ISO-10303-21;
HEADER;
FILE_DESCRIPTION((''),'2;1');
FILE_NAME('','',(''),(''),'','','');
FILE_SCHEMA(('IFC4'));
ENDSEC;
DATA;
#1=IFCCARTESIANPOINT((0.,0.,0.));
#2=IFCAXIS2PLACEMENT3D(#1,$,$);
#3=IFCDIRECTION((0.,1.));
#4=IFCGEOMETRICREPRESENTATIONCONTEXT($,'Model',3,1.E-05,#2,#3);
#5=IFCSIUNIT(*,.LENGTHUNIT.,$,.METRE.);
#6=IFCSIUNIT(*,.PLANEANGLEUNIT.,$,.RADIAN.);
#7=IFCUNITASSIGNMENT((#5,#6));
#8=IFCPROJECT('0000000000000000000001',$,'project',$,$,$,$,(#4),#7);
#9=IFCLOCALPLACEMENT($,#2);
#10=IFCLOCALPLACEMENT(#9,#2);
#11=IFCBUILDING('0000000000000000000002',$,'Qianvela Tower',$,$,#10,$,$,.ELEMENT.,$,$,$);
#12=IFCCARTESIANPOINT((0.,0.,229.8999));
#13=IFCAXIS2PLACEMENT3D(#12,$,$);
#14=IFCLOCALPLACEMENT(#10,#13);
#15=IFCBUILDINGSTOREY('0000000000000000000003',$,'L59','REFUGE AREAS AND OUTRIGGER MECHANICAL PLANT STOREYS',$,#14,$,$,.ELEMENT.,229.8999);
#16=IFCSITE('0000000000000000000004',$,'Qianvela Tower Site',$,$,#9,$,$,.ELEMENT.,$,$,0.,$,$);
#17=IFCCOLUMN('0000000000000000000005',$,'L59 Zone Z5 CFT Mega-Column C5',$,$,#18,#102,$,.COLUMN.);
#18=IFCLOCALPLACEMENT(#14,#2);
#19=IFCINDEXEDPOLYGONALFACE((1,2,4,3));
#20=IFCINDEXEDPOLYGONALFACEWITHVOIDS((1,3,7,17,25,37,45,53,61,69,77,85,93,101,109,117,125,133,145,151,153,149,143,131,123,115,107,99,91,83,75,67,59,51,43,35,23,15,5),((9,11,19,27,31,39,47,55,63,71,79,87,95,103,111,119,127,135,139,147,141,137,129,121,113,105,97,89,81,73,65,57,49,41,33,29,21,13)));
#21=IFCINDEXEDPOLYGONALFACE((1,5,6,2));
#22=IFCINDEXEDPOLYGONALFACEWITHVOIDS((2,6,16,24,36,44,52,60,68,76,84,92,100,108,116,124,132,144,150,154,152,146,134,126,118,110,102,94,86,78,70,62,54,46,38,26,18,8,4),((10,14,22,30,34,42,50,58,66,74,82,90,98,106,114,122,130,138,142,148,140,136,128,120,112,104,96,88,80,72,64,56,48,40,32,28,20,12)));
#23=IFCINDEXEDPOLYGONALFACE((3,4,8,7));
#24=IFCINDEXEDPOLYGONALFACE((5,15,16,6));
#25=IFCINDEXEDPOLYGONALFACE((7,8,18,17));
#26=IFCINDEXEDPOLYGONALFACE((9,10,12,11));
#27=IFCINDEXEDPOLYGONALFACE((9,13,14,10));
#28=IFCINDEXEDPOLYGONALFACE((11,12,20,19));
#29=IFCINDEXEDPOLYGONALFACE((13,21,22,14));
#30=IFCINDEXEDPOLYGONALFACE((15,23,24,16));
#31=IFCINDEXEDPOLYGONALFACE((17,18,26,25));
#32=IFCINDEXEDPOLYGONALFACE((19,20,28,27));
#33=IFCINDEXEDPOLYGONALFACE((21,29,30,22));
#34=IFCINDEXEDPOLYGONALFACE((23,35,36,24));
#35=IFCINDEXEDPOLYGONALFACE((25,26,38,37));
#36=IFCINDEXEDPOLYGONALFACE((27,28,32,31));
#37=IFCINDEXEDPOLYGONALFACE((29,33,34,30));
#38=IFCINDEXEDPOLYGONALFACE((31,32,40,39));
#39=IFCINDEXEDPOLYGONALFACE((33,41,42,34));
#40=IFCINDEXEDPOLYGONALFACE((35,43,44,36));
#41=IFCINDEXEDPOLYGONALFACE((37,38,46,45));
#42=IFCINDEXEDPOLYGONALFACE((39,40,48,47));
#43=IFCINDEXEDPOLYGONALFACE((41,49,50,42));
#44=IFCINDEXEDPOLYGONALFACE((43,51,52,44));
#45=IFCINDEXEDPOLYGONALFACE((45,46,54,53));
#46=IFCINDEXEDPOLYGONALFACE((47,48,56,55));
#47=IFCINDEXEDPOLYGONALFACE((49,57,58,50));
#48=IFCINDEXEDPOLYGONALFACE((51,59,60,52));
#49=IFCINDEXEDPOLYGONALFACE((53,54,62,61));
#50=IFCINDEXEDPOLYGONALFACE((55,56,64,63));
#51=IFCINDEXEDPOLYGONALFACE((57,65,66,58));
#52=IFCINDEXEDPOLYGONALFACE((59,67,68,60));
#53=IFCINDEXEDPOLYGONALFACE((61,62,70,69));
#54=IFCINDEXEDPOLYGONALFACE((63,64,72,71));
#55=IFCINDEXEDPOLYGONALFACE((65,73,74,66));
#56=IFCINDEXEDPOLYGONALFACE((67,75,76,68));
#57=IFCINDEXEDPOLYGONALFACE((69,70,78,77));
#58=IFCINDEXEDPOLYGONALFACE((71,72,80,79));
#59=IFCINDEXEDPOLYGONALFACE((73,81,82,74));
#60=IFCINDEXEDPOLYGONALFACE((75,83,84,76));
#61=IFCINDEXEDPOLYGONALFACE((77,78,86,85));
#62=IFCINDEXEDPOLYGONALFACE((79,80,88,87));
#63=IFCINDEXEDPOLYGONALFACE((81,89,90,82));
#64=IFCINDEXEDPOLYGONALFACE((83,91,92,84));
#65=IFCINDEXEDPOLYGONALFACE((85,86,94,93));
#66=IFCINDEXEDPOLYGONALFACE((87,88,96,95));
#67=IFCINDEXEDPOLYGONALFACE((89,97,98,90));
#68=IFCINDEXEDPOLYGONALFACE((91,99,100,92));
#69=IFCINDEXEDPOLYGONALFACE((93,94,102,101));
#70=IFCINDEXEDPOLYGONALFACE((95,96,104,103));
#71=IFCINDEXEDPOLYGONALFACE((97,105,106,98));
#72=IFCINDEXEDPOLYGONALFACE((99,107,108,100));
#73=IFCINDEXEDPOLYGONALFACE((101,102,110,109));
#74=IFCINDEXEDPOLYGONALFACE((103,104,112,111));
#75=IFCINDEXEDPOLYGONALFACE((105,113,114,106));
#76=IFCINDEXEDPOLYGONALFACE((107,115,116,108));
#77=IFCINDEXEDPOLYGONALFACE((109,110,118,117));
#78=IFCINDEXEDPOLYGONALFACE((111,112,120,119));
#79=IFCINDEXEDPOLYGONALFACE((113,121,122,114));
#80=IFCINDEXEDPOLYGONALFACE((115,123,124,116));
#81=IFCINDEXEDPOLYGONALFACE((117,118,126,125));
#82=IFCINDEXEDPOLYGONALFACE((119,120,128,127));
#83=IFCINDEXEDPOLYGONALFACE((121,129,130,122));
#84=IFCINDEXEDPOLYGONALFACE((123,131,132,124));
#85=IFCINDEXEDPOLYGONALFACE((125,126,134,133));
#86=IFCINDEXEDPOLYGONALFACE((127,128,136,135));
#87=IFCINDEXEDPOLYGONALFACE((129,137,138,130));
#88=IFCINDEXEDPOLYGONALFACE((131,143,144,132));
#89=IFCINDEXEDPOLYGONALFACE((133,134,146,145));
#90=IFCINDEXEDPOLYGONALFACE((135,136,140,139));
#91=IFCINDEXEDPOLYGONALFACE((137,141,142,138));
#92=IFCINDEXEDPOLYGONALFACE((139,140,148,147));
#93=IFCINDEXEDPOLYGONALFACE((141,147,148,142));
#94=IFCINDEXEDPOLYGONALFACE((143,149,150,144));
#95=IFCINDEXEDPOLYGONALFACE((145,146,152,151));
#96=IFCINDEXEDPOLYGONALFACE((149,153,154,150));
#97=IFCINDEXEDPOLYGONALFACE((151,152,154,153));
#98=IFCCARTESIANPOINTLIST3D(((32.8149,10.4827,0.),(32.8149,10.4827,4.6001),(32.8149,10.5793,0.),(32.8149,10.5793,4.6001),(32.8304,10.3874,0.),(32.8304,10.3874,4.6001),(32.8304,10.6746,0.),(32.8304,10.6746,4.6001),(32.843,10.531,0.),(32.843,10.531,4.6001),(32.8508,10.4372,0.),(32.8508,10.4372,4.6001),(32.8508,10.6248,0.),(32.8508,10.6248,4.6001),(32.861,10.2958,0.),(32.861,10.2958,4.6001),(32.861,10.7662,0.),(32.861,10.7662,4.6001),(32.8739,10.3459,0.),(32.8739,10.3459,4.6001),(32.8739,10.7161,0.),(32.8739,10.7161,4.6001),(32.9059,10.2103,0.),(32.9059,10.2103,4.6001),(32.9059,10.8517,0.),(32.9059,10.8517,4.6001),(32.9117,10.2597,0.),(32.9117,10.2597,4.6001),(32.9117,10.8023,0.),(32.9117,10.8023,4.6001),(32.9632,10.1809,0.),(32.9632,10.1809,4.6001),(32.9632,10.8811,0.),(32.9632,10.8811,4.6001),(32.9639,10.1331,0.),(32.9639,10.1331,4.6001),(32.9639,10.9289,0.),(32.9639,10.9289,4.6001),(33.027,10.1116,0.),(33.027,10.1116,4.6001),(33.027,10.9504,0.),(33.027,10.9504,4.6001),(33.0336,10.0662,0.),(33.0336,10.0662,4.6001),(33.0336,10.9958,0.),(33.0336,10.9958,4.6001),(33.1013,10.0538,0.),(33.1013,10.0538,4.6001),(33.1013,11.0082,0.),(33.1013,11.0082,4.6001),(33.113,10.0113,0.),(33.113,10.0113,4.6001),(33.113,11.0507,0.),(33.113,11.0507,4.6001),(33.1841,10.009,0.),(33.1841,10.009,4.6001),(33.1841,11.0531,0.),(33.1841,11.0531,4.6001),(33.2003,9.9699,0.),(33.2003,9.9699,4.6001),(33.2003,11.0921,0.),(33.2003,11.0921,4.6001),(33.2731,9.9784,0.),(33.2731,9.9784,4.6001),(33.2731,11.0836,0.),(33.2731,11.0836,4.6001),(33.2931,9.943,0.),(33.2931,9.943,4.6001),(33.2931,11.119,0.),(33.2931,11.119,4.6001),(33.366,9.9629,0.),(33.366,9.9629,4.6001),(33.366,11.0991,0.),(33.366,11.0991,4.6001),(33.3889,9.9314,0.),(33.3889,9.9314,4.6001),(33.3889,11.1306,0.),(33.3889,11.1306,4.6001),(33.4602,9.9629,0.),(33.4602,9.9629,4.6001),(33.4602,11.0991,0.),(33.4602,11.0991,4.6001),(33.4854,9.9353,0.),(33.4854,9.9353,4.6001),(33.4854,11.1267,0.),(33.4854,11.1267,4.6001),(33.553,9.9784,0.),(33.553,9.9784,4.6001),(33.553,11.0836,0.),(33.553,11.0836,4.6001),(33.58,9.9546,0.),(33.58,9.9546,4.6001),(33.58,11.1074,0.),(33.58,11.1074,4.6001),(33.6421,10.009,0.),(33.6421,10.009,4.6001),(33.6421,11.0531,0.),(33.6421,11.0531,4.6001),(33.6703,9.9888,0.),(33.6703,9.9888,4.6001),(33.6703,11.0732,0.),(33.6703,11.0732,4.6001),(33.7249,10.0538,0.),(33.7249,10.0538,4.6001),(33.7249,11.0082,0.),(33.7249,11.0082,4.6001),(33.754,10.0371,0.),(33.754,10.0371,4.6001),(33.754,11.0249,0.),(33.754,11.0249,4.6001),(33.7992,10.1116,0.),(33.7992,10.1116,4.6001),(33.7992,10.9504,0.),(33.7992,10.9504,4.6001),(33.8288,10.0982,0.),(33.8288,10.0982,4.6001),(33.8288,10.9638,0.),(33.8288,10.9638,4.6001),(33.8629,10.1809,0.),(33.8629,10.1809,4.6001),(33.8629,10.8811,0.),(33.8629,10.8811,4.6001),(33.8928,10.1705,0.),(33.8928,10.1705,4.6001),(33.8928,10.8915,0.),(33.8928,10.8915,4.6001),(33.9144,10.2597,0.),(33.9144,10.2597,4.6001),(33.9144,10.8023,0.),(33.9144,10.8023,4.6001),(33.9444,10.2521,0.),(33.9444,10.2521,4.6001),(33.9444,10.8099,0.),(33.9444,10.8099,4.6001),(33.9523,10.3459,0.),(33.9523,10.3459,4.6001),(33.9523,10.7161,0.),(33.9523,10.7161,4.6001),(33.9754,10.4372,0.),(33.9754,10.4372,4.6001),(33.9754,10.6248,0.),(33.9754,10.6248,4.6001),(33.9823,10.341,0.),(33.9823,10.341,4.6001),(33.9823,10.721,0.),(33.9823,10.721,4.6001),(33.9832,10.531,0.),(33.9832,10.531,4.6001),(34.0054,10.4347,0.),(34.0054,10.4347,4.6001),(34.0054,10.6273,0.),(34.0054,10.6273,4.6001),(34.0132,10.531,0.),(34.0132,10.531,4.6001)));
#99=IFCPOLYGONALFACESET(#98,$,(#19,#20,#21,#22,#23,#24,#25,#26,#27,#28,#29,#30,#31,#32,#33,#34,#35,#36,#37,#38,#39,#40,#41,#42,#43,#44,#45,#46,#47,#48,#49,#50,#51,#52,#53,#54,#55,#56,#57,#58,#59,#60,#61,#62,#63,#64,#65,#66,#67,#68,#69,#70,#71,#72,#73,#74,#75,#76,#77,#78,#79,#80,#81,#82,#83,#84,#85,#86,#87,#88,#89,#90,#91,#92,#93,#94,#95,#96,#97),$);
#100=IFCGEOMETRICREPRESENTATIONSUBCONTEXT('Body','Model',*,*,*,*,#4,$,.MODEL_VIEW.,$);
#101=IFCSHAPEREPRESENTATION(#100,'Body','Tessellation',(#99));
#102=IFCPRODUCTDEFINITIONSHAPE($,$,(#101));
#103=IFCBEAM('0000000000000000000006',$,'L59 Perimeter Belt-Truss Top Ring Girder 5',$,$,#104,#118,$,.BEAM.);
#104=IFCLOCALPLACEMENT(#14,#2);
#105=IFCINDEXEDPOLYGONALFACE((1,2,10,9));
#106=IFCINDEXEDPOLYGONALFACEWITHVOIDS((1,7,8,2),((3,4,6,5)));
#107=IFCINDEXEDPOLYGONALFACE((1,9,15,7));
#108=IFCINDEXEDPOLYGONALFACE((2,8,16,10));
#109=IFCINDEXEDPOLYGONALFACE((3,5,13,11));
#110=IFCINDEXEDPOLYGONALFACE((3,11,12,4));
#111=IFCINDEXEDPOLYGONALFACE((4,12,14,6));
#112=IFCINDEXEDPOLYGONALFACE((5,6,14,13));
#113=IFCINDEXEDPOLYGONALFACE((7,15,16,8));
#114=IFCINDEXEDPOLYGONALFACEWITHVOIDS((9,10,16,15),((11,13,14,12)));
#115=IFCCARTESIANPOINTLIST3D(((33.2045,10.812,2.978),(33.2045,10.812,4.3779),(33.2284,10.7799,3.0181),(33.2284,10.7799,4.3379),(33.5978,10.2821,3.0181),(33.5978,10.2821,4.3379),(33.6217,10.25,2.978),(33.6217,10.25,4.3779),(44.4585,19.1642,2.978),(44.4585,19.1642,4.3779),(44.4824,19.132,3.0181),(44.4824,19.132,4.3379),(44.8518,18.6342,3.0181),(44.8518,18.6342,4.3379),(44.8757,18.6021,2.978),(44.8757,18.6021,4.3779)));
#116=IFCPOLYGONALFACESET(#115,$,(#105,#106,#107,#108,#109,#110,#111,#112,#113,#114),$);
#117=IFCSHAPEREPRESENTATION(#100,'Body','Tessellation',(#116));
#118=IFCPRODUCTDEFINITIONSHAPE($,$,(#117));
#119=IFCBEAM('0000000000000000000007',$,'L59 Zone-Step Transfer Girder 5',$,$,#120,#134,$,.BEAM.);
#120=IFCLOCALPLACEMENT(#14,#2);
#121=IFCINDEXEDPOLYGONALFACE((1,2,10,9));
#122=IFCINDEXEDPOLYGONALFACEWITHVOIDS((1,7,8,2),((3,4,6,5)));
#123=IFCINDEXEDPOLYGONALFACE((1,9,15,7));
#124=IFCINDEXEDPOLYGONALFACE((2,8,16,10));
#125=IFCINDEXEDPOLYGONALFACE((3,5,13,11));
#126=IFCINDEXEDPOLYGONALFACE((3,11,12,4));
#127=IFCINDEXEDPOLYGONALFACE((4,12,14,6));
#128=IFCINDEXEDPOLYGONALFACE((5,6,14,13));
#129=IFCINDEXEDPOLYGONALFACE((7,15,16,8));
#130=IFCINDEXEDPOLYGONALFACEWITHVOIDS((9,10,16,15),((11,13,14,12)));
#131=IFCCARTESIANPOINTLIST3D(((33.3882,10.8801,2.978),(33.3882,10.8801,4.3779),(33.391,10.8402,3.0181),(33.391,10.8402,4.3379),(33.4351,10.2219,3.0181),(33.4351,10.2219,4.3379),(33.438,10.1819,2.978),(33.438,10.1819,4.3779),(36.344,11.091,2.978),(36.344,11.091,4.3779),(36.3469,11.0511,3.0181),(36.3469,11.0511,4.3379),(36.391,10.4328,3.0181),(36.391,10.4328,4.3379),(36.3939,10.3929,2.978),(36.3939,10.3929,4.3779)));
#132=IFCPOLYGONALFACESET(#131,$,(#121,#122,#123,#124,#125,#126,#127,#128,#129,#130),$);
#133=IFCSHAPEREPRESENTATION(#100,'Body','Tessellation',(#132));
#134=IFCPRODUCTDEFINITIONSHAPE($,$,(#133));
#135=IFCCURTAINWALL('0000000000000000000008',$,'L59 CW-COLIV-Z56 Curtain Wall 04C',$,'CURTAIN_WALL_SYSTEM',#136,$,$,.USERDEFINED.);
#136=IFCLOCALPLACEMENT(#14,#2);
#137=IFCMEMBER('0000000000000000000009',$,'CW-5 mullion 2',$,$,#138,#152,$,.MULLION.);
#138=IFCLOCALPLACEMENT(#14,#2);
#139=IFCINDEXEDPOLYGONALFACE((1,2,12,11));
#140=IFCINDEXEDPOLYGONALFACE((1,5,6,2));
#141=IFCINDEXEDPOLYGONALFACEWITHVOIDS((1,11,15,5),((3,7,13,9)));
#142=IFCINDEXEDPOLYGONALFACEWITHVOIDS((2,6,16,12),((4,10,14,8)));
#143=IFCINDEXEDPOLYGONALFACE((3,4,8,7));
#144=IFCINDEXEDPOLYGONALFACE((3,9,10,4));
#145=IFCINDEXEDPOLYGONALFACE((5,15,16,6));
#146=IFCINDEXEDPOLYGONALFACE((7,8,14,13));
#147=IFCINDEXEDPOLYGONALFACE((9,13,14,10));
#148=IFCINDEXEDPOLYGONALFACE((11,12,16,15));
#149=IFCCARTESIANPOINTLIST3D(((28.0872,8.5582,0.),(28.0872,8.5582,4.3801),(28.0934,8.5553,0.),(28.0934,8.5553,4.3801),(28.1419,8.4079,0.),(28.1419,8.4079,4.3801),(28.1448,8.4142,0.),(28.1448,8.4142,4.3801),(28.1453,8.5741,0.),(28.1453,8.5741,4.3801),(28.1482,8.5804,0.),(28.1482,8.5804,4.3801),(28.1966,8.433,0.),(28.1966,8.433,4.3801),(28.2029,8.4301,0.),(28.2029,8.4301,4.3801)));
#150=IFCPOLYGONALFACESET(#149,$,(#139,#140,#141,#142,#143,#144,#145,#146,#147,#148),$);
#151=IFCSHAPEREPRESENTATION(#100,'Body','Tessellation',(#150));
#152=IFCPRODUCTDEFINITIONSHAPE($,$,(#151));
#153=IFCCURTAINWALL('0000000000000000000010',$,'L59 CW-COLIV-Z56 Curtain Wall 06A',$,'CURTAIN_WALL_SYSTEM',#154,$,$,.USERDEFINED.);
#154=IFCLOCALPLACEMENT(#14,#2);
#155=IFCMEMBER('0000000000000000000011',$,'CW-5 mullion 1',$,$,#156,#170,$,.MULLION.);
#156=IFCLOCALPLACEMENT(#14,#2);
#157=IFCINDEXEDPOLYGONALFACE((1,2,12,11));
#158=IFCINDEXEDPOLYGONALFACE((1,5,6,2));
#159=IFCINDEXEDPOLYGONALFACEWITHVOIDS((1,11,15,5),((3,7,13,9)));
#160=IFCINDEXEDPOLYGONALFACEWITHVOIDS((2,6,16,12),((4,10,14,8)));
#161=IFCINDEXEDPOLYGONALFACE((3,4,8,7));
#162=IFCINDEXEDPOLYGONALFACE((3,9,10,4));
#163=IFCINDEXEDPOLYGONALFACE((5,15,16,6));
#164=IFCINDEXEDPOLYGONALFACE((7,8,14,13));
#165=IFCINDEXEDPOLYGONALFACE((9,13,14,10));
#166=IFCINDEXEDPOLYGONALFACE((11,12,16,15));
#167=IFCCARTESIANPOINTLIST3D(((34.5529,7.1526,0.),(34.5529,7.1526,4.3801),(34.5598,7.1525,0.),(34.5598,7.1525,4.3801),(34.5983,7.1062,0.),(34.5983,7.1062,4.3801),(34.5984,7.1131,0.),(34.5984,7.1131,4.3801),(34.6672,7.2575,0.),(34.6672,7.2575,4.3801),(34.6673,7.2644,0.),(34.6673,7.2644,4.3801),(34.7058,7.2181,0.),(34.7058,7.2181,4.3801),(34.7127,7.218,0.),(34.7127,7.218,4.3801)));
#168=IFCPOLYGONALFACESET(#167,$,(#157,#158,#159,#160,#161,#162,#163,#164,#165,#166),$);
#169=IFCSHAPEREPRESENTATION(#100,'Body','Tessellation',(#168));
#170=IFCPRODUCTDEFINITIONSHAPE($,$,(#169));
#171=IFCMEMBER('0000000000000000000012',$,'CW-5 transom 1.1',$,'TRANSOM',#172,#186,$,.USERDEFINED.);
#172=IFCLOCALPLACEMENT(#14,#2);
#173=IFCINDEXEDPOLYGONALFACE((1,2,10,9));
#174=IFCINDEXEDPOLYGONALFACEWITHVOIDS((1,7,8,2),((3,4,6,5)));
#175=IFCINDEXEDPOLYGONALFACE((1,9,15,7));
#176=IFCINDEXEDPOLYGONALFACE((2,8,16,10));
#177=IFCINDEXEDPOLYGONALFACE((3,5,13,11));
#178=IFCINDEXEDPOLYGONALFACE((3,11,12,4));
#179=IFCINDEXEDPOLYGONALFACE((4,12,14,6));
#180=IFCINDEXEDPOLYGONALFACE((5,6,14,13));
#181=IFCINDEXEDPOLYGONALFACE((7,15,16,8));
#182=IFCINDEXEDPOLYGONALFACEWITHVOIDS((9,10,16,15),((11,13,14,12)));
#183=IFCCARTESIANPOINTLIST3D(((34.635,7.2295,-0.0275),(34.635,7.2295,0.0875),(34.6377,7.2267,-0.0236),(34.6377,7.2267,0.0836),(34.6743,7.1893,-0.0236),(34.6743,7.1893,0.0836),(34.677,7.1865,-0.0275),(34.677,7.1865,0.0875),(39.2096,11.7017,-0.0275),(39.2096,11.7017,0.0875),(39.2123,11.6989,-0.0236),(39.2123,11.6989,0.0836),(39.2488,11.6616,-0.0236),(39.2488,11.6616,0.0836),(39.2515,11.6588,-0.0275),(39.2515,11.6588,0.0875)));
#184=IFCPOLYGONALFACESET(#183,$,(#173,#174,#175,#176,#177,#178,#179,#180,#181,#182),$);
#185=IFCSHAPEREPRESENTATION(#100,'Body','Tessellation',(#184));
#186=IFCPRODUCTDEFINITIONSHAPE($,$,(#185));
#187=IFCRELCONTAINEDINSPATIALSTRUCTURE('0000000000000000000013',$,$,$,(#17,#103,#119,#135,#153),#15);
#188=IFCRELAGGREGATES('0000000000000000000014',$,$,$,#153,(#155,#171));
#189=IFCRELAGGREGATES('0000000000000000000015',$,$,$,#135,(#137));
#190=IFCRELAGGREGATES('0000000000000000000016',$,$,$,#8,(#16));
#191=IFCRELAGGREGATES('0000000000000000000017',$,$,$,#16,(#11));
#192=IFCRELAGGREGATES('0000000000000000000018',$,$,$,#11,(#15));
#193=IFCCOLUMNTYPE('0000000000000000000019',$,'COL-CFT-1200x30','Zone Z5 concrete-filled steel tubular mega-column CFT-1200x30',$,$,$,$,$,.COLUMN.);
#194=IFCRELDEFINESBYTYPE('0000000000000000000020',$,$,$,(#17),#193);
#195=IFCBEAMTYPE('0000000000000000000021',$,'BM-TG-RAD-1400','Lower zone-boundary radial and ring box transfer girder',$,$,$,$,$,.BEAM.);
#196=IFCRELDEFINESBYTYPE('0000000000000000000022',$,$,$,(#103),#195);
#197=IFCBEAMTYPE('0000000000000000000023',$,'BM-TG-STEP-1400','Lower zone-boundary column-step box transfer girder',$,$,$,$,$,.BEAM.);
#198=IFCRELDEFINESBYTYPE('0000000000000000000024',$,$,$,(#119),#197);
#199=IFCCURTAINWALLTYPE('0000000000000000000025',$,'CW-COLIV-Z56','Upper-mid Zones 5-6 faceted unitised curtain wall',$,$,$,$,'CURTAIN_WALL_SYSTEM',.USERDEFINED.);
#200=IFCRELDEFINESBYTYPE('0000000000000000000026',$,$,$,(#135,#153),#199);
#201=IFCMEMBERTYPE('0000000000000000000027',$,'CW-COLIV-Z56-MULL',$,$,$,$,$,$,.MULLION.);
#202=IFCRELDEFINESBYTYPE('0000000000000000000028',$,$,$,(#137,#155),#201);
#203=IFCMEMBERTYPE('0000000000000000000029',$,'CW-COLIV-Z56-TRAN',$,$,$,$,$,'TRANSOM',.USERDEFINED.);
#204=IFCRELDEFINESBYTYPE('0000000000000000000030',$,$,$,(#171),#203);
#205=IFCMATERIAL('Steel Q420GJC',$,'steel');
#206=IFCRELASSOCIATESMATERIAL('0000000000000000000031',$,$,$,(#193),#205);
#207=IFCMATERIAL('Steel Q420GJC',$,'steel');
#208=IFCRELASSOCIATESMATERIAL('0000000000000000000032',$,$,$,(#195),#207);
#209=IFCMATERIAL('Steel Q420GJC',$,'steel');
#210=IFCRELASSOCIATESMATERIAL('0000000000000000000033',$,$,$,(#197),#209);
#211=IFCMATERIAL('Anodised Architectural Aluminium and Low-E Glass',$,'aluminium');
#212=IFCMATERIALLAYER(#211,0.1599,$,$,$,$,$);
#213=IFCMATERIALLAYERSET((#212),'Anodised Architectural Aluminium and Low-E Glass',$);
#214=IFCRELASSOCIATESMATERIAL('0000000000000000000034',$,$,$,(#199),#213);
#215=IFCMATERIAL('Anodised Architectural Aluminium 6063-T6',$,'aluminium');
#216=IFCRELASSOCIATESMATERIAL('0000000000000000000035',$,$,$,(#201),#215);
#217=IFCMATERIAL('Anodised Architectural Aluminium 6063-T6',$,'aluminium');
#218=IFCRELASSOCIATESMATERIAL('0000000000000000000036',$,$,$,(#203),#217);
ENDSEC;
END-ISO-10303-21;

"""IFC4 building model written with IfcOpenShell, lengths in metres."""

from ifc_helpers import new_model, si_unit, direction, frame, origin, origin_2d, place, context, subcontext, project, spatial, hollow_rectangle, hollow_circle, extrude, material, layer, layer_set, material_profile, profile_set, type_object, element, aggregate, save


model = new_model("IFC4")

# Units and contexts
model_context = context("Model", 3, precision=1e-05, world=origin(), true_north=direction((0.0, 1.0)))
body_context = subcontext(model_context, "Body", "Model", "MODEL_VIEW")
ifc_project = project(units=[si_unit("LENGTHUNIT", "METRE"), si_unit("PLANEANGLEUNIT", "RADIAN")], contexts=[model_context])

# Site, building, storey
site_placement = place(None, origin())
site = spatial("IfcSite", under=ifc_project, at=site_placement, Name="Qianvela Tower Site", CompositionType="ELEMENT", RefElevation=0.0)
building_placement = place(site_placement, origin())
building = spatial("IfcBuilding", under=site, at=building_placement, Name="Qianvela Tower", CompositionType="ELEMENT")
storey_placement = place(building_placement, frame((0.0, 0.0, 229.8999)))
storey = spatial("IfcBuildingStorey", under=building, at=storey_placement, Name="L59", Description="REFUGE AREAS AND OUTRIGGER MECHANICAL PLANT STOREYS", CompositionType="ELEMENT", Elevation=229.8999)

# Column
ifc_material_1 = material(Name="Steel Q420GJC", Category="steel")
ifc_material_profile_1 = material_profile(ifc_material_1, hollow_circle(Radius=0.6001, WallThickness=0.03, at=origin_2d()), Name="CFT-1200x30")
ifc_profile_set_1 = profile_set([ifc_material_profile_1], Name="Steel Q420GJC")
column_type = type_object("IfcColumnType", Name="COL-CFT-1200x30", Description="Zone Z5 concrete-filled steel tubular mega-column CFT-1200x30", PredefinedType="COLUMN", material=ifc_profile_set_1)
column_placement = place(storey_placement, frame((33.4131, 10.531, 0.0), z_axis=(0.0, 0.0, 1.0), x_axis=(1.0, 0.0, 0.0)))
element("IfcColumn", 1, at=column_placement, inside=storey, type_object=column_type, Name="L59 Zone Z5 CFT Mega-Column C5", PredefinedType="COLUMN", context=body_context, shape_type="SweptSolid", body=[
    extrude(hollow_circle(Radius=0.6001, WallThickness=0.03, at=origin_2d()), origin(), (0.0, 0.0, 1.0), 4.6001),
])

# Beams
ifc_material_2 = material(Name="Steel Q420GJC", Category="steel")
ifc_material_profile_2 = material_profile(ifc_material_2, hollow_rectangle(XDim=0.7, YDim=1.3999, WallThickness=0.04, at=origin_2d()), Name="TG-BOX-1400x700x40")
ifc_profile_set_2 = profile_set([ifc_material_profile_2], Name="Steel Q420GJC")
beam_type_1 = type_object("IfcBeamType", Name="BM-TG-RAD-1400", Description="Lower zone-boundary radial and ring box transfer girder", PredefinedType="BEAM", material=ifc_profile_set_2)
beam_1_placement = place(storey_placement, frame((33.4131, 10.531, 3.678), z_axis=(0.803017, 0.595956, 0.0), x_axis=(-0.595956, 0.803017, 0.0)))
element("IfcBeam", 2, at=beam_1_placement, inside=storey, type_object=beam_type_1, Name="L59 Perimeter Belt-Truss Top Ring Girder 5", PredefinedType="BEAM", context=body_context, shape_type="SweptSolid", body=[
    extrude(hollow_rectangle(XDim=0.7, YDim=1.3999, WallThickness=0.04, at=origin_2d()), origin(), (0.0, 0.0, 1.0), 14.0146),
])
ifc_material_3 = material(Name="Steel Q420GJC", Category="steel")
ifc_material_profile_3 = material_profile(ifc_material_3, hollow_rectangle(XDim=0.7, YDim=1.3999, WallThickness=0.04, at=origin_2d()), Name="TG-BOX-1400x700x40")
ifc_profile_set_3 = profile_set([ifc_material_profile_3], Name="Steel Q420GJC")
beam_type_2 = type_object("IfcBeamType", Name="BM-TG-STEP-1400", Description="Lower zone-boundary column-step box transfer girder", PredefinedType="BEAM", material=ifc_profile_set_3)
beam_2_placement = place(storey_placement, frame((33.4131, 10.531, 3.678), z_axis=(0.997463, 0.071183, 0.0), x_axis=(-0.071183, 0.997463, 0.0)))
element("IfcBeam", 3, at=beam_2_placement, inside=storey, type_object=beam_type_2, Name="L59 Zone-Step Transfer Girder 5", PredefinedType="BEAM", context=body_context, shape_type="SweptSolid", body=[
    extrude(hollow_rectangle(XDim=0.7, YDim=1.3999, WallThickness=0.04, at=origin_2d()), origin(), (0.0, 0.0, 1.0), 2.9634),
])

# Curtain wall, member
ifc_material_4 = material(Name="Anodised Architectural Aluminium and Low-E Glass", Category="aluminium")
ifc_layer_1 = layer(ifc_material_4, 0.1599)
ifc_layer_set_1 = layer_set([ifc_layer_1], Name="Anodised Architectural Aluminium and Low-E Glass")
curtain_wall_type = type_object("IfcCurtainWallType", Name="CW-COLIV-Z56", Description="Upper-mid Zones 5-6 faceted unitised curtain wall", ElementType="CURTAIN_WALL_SYSTEM", PredefinedType="USERDEFINED", material=ifc_layer_set_1)
curtain_wall_1_placement = place(storey_placement, origin())
curtain_wall_1 = element("IfcCurtainWall", 4, at=curtain_wall_1_placement, inside=storey, type_object=curtain_wall_type, Name="L59 CW-COLIV-Z56 Curtain Wall 04C", ObjectType="CURTAIN_WALL_SYSTEM", PredefinedType="USERDEFINED")
ifc_material_5 = material(Name="Anodised Architectural Aluminium 6063-T6", Category="aluminium")
ifc_material_profile_4 = material_profile(ifc_material_5, hollow_rectangle(XDim=0.0649, YDim=0.1599, WallThickness=0.0049, at=origin_2d()), Name="ALU-MULL-65x160")
ifc_profile_set_4 = profile_set([ifc_material_profile_4], Name="Anodised Architectural Aluminium 6063-T6")
member_type_1 = type_object("IfcMemberType", Name="CW-COLIV-Z56-MULL", PredefinedType="MULLION", material=ifc_profile_set_4)
member_1_placement = place(storey_placement, frame((28.145, 8.4941, 0.0), z_axis=(0.0, 0.0, 1.0), x_axis=(0.939694, 0.342017, 0.0)))
member_1 = element("IfcMember", 5, at=member_1_placement, type_object=member_type_1, Name="CW-5 mullion 2", PredefinedType="MULLION", context=body_context, shape_type="SweptSolid", body=[
    extrude(hollow_rectangle(XDim=0.0649, YDim=0.1599, WallThickness=0.0049, at=origin_2d()), origin(), (0.0, 0.0, 1.0), 4.3801),
])

# Curtain wall, members
curtain_wall_2_placement = place(storey_placement, origin())
curtain_wall_2 = element("IfcCurtainWall", 6, at=curtain_wall_2_placement, inside=storey, type_object=curtain_wall_type, Name="L59 CW-COLIV-Z56 Curtain Wall 06A", ObjectType="CURTAIN_WALL_SYSTEM", PredefinedType="USERDEFINED")
member_2_placement = place(storey_placement, frame((34.6328, 7.1853, 0.0), z_axis=(0.0, 0.0, 1.0), x_axis=(-0.699079, 0.715045, 0.0)))
member_2 = element("IfcMember", 7, at=member_2_placement, type_object=member_type_1, Name="CW-5 mullion 1", PredefinedType="MULLION", context=body_context, shape_type="SweptSolid", body=[
    extrude(hollow_rectangle(XDim=0.0649, YDim=0.1599, WallThickness=0.0049, at=origin_2d()), origin(), (0.0, 0.0, 1.0), 4.3801),
])
ifc_material_6 = material(Name="Anodised Architectural Aluminium 6063-T6", Category="aluminium")
ifc_material_profile_5 = material_profile(ifc_material_6, hollow_rectangle(XDim=0.0601, YDim=0.115, WallThickness=0.0039, at=origin_2d()), Name="ALU-TRAN-60x115")
ifc_profile_set_5 = profile_set([ifc_material_profile_5], Name="Anodised Architectural Aluminium 6063-T6")
member_type_2 = type_object("IfcMemberType", Name="CW-COLIV-Z56-TRAN", ElementType="TRANSOM", PredefinedType="USERDEFINED", material=ifc_profile_set_5)
member_3_placement = place(storey_placement, frame((34.656, 7.208, 0.03), z_axis=(0.715057, 0.699066, 0.0), x_axis=(-0.699066, 0.715057, 0.0)))
member_3 = element("IfcMember", 8, at=member_3_placement, type_object=member_type_2, Name="CW-5 transom 1.1", ObjectType="TRANSOM", PredefinedType="USERDEFINED", context=body_context, shape_type="SweptSolid", body=[
    extrude(hollow_rectangle(XDim=0.0601, YDim=0.115, WallThickness=0.0039, at=origin_2d()), origin(), (0.0, 0.0, 1.0), 6.3975),
])
aggregate(curtain_wall_2, [member_2, member_3])

aggregate(curtain_wall_1, [member_1])

save(model, "model.ifc")
